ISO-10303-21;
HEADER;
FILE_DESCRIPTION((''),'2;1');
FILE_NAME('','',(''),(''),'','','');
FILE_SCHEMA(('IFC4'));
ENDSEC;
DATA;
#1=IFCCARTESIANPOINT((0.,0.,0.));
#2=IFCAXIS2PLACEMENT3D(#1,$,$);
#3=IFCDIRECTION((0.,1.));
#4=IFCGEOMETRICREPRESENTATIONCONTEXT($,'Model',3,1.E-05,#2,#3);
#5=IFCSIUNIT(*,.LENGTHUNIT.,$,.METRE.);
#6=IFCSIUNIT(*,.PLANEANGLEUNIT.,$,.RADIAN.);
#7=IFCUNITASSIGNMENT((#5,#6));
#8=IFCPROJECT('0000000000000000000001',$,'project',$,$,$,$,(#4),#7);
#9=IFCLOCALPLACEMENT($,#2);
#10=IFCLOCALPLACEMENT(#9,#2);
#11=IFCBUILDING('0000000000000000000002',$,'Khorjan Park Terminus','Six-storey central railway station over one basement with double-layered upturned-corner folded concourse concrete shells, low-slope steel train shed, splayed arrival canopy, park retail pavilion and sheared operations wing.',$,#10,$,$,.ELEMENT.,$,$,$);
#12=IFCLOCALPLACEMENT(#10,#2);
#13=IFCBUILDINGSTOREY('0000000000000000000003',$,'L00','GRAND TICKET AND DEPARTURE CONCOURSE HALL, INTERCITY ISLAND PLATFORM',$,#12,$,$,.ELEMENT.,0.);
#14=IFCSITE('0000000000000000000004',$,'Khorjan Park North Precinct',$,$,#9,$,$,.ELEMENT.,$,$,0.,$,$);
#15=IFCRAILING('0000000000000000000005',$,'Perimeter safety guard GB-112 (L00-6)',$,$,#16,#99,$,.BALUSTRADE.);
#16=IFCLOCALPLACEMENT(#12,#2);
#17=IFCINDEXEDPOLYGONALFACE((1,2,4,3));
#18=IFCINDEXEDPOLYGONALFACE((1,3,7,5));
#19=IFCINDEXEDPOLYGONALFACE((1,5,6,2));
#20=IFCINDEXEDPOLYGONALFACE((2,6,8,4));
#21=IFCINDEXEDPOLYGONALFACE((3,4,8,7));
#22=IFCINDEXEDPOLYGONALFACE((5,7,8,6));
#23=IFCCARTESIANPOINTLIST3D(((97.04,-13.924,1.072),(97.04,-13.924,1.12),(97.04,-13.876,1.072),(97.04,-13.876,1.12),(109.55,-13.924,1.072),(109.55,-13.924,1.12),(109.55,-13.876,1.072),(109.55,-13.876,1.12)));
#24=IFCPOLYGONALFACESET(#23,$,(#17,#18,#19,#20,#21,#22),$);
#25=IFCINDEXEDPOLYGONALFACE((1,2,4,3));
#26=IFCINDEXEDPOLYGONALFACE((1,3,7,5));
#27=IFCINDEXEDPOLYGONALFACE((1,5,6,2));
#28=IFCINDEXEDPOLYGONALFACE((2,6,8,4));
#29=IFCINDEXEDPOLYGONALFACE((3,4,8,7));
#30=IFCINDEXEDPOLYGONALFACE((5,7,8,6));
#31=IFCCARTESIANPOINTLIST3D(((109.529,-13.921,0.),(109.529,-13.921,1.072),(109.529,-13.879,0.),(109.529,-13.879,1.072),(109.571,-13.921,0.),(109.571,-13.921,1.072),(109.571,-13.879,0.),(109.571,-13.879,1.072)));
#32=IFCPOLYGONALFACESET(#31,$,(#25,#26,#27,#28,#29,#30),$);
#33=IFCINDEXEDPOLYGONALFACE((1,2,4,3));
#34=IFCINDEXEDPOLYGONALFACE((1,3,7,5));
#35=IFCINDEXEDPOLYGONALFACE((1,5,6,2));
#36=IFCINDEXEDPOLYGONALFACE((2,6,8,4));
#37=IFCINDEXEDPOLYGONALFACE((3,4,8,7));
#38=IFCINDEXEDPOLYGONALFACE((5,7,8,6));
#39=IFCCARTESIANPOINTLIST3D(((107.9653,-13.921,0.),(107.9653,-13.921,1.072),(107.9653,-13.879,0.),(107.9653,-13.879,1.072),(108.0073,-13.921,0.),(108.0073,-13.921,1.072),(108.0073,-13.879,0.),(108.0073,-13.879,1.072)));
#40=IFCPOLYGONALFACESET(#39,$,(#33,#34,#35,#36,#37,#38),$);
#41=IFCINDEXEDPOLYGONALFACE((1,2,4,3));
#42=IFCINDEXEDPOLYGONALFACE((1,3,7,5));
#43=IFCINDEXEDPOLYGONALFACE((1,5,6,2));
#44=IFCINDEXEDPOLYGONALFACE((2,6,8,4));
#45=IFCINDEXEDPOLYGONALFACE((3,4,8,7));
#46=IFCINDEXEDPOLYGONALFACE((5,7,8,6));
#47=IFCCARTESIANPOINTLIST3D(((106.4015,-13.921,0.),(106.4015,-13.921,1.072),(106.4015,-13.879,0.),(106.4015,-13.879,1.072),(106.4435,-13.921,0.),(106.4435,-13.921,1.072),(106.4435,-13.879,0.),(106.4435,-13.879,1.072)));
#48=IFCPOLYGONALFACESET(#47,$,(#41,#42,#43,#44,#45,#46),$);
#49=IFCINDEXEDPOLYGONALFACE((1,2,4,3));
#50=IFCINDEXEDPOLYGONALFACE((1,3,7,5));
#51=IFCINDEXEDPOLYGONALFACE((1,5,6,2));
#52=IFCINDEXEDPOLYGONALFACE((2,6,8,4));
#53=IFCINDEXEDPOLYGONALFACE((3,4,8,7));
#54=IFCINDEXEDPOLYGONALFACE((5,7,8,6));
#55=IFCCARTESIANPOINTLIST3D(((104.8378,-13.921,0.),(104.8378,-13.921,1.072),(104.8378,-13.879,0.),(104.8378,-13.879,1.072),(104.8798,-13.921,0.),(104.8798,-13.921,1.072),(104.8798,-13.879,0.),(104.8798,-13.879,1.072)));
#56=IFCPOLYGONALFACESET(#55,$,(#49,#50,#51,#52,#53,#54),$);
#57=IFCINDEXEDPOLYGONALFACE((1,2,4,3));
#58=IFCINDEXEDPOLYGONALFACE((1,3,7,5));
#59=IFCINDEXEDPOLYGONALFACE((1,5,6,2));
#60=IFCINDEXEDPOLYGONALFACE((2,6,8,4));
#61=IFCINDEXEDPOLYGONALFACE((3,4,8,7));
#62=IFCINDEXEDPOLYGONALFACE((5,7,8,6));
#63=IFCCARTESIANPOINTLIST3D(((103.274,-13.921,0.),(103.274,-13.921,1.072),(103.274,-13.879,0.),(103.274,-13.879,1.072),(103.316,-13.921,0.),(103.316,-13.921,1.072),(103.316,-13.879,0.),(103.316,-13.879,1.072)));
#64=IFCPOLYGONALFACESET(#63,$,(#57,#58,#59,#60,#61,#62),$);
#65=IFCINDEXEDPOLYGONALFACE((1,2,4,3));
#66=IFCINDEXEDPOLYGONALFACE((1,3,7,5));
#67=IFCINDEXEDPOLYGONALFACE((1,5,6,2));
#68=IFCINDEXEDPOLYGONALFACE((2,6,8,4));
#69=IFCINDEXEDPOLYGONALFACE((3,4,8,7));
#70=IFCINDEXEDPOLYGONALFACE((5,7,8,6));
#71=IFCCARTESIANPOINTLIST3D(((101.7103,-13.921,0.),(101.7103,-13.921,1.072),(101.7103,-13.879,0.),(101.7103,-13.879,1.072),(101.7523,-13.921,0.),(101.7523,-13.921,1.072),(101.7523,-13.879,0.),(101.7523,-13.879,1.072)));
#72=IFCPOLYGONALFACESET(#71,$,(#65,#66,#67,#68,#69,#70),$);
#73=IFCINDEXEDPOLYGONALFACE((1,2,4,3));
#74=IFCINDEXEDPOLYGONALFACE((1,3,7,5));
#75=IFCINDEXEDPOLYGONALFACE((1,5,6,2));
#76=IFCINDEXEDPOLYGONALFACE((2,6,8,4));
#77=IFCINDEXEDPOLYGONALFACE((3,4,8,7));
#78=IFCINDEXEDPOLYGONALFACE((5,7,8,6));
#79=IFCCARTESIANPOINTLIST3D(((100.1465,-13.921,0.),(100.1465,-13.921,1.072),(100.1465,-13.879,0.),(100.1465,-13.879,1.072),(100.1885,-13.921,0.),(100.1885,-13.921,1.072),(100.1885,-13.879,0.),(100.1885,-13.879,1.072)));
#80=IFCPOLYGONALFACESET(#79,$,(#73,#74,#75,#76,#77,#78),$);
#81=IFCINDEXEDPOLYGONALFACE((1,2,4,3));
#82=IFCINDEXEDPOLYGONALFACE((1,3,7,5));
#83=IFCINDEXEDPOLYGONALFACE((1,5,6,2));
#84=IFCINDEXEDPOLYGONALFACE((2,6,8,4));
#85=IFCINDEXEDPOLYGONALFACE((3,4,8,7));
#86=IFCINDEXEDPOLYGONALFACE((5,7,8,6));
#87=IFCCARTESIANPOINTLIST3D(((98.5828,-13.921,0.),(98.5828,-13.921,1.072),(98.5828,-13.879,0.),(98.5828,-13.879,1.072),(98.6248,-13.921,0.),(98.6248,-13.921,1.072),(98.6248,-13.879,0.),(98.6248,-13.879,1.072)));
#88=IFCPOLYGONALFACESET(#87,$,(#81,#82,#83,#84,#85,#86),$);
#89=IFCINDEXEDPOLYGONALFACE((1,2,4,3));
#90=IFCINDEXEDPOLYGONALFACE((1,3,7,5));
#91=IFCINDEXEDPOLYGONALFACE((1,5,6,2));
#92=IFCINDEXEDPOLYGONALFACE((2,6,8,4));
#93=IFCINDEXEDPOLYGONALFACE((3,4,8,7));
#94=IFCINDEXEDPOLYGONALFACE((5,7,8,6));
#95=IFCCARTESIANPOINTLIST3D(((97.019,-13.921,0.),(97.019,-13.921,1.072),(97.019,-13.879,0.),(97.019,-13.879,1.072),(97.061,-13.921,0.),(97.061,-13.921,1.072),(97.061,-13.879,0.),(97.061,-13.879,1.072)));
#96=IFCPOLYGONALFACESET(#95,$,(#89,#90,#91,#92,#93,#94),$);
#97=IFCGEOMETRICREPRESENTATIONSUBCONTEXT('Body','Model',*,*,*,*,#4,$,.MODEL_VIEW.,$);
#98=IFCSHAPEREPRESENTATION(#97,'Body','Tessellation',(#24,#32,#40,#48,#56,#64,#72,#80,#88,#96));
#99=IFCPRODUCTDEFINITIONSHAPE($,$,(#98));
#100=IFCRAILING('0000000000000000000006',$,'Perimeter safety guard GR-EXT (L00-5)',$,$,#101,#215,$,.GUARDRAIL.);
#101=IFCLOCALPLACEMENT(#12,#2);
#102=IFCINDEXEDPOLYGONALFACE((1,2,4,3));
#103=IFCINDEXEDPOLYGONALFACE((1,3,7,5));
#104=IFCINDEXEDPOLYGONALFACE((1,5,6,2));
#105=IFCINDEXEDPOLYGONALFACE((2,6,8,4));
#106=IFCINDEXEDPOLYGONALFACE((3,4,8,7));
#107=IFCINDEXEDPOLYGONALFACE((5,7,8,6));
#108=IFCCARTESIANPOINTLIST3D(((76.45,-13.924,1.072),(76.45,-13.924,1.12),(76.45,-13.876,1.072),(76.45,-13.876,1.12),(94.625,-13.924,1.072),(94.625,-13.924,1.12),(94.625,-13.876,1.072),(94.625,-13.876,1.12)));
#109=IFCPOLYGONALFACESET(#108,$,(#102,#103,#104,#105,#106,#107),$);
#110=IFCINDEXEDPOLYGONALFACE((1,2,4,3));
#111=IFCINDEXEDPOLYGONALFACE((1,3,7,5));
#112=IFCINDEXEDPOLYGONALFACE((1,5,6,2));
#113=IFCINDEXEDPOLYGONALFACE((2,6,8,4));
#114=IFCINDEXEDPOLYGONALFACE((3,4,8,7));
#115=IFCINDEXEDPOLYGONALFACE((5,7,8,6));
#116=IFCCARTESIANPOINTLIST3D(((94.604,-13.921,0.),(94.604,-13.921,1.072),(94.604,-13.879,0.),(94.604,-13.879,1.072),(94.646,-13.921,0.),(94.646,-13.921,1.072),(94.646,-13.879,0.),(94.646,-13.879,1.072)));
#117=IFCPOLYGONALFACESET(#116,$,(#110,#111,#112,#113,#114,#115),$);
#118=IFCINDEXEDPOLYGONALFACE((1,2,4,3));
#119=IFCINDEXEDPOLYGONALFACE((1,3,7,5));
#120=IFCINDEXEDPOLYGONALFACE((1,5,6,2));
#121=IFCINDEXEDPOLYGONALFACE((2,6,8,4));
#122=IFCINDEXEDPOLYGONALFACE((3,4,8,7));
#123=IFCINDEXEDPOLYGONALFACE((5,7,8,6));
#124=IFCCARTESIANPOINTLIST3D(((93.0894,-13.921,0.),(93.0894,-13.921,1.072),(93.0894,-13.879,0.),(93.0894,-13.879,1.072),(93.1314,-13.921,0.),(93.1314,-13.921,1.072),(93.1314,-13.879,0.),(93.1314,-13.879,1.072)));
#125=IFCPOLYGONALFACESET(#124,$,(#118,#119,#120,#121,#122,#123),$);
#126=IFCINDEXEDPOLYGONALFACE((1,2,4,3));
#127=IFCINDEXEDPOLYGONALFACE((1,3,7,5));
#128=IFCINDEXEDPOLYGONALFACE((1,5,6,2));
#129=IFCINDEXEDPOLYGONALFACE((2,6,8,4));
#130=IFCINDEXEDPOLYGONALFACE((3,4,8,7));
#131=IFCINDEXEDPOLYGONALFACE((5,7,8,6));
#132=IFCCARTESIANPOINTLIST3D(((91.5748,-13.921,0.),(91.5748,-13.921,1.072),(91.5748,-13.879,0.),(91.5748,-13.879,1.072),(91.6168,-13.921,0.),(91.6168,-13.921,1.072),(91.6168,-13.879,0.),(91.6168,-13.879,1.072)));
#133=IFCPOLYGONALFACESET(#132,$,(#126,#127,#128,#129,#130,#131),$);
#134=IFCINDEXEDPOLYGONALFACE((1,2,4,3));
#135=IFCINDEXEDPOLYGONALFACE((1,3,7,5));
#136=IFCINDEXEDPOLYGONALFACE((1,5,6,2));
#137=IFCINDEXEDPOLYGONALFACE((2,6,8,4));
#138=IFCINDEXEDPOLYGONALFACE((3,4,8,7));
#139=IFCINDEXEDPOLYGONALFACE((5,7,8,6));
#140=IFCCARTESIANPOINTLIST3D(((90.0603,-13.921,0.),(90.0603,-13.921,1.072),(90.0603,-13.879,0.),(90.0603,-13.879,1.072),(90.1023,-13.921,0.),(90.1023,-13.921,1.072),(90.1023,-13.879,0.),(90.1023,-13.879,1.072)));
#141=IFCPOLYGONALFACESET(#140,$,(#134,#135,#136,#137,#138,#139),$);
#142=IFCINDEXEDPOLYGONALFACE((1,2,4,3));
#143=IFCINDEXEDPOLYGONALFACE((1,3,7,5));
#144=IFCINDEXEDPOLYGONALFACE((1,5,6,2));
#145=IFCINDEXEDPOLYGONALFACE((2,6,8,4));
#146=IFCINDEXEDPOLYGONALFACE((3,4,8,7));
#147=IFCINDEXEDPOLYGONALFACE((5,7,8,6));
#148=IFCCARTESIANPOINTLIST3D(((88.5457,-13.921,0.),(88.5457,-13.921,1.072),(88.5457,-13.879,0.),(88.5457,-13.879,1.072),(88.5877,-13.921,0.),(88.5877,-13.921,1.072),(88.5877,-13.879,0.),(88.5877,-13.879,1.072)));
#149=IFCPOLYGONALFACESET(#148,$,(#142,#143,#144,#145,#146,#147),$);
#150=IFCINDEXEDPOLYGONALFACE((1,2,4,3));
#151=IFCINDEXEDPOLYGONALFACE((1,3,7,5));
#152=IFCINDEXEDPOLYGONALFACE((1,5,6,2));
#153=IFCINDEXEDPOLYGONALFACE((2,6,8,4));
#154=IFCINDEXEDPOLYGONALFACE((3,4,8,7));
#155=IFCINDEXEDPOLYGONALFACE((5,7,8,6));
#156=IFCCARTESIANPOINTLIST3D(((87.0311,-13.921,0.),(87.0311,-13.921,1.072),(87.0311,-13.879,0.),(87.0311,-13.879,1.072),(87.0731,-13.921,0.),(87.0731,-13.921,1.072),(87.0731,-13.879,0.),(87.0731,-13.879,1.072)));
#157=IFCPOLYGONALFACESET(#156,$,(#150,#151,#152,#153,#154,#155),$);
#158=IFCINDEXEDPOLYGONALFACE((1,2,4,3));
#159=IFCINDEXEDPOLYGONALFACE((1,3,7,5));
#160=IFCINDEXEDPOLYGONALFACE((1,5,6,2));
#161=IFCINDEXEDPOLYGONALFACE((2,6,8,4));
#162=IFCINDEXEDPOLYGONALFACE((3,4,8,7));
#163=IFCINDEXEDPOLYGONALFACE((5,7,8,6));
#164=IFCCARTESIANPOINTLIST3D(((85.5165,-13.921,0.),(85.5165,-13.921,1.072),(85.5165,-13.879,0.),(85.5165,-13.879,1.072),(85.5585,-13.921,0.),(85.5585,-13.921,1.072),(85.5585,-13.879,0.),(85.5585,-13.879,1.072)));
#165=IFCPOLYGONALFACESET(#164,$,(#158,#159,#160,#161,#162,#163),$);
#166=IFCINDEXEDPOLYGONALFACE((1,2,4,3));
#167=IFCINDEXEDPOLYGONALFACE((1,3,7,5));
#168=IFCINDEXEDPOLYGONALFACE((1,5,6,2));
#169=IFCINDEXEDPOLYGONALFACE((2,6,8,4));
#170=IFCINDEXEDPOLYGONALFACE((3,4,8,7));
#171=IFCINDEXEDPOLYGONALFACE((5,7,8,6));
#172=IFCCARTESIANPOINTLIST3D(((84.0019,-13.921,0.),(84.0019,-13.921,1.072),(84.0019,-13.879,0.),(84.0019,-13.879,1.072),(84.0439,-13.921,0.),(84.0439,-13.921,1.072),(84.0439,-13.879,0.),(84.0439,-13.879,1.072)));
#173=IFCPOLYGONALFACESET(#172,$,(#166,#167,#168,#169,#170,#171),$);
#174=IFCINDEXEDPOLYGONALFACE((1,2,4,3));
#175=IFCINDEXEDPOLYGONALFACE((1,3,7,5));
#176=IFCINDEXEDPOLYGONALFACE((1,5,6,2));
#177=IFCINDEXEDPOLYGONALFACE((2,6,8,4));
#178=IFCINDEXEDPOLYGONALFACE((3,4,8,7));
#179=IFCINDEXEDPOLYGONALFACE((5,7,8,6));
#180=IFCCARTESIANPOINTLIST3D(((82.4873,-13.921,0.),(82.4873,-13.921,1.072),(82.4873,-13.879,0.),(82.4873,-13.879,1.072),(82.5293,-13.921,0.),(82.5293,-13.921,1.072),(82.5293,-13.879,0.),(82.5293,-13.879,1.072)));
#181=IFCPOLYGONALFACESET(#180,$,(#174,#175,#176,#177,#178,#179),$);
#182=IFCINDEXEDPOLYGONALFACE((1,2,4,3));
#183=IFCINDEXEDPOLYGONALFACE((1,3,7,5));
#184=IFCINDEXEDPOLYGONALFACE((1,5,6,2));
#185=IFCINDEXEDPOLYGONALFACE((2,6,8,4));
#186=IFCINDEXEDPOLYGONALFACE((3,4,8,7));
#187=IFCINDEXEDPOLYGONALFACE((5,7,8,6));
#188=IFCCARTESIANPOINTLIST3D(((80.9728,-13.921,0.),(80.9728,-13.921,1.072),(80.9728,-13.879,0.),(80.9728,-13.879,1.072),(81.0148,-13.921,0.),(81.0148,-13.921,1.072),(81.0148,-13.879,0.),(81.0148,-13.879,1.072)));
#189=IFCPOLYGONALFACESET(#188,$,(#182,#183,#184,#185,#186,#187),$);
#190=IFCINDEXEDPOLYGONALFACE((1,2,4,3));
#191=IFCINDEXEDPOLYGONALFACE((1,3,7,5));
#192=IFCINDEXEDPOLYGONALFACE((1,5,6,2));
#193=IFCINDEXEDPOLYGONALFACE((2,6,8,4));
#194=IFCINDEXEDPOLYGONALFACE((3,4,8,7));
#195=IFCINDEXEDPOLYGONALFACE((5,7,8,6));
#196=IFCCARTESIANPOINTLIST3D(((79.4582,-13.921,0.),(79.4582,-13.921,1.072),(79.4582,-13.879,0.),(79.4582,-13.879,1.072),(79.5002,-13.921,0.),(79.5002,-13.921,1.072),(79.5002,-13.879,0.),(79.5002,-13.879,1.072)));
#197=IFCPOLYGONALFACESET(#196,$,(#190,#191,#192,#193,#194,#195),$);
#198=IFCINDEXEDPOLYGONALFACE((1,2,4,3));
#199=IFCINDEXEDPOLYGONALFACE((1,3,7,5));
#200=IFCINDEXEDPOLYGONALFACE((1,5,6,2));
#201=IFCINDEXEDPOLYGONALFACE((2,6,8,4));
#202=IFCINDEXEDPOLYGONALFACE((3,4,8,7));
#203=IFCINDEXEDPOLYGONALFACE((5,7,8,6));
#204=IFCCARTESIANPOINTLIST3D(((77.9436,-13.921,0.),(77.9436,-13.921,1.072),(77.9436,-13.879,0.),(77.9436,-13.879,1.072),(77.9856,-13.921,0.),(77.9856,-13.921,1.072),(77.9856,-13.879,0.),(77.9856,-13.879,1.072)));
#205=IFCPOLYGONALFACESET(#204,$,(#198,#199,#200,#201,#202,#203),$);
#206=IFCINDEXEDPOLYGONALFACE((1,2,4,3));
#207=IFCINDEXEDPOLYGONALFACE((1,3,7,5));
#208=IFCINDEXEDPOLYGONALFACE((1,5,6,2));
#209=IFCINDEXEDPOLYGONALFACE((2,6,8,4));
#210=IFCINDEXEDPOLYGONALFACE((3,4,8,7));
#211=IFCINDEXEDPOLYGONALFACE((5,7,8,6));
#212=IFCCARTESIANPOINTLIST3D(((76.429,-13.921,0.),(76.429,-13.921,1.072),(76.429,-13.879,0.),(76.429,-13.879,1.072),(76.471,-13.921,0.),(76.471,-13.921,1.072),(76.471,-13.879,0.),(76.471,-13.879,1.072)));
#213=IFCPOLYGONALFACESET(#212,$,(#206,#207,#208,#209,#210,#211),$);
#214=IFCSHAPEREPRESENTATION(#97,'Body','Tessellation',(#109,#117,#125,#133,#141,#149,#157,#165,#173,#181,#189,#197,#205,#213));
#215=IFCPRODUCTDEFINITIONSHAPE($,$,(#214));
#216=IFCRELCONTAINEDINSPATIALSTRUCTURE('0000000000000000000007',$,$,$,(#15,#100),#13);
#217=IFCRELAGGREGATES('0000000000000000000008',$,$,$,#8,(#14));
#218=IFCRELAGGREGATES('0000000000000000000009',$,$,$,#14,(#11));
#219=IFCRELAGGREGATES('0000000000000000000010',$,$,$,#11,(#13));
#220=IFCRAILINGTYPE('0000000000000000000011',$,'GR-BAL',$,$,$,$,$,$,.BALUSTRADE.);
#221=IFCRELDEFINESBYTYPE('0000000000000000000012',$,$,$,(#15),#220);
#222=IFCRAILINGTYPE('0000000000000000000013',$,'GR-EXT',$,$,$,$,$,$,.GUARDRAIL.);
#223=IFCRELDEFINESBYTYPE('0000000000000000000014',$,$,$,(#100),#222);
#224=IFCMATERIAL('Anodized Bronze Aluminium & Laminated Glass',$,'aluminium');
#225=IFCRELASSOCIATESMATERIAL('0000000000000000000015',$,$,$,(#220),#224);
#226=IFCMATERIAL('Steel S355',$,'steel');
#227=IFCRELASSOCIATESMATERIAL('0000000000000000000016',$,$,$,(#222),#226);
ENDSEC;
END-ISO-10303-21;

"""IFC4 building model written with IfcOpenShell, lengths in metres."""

from ifc_helpers import new_model, si_unit, direction, frame, origin, origin_2d, place, context, subcontext, project, spatial, rectangle, extrude, material, type_object, element, save


model = new_model("IFC4")

# Units and contexts
model_context = context("Model", 3, precision=1e-05, world=origin(), true_north=direction((0.0, 1.0)))
body_context = subcontext(model_context, "Body", "Model", "MODEL_VIEW")
ifc_project = project(units=[si_unit("LENGTHUNIT", "METRE"), si_unit("PLANEANGLEUNIT", "RADIAN")], contexts=[model_context])

# Site, building, storey
site_placement = place(None, origin())
site = spatial("IfcSite", under=ifc_project, at=site_placement, Name="Khorjan Park North Precinct", CompositionType="ELEMENT", RefElevation=0.0)
building_placement = place(site_placement, origin())
building = spatial("IfcBuilding", under=site, at=building_placement, Name="Khorjan Park Terminus", Description="Six-storey central railway station over one basement with double-layered upturned-corner folded concourse concrete shells, low-slope steel train shed, splayed arrival canopy, park retail pavilion and sheared operations wing.", CompositionType="ELEMENT")
storey_placement = place(building_placement, origin())
storey = spatial("IfcBuildingStorey", under=building, at=storey_placement, Name="L00", Description="GRAND TICKET AND DEPARTURE CONCOURSE HALL, INTERCITY ISLAND PLATFORM", CompositionType="ELEMENT", Elevation=0.0)

# Shared definitions
ifc_material_1 = material(Name="Steel S355", Category="steel")

# Railings
ifc_material_2 = material(Name="Anodized Bronze Aluminium & Laminated Glass", Category="aluminium")
railing_type_1 = type_object("IfcRailingType", Name="GR-BAL", PredefinedType="BALUSTRADE", material=ifc_material_2)
railing_1_placement = place(storey_placement, frame((109.55, -13.9, 0.0)))
element("IfcRailing", 1, at=railing_1_placement, inside=storey, type_object=railing_type_1, Name="Perimeter safety guard GB-112 (L00-6)", PredefinedType="BALUSTRADE", context=body_context, shape_type="SweptSolid", body=[
    extrude(rectangle(XDim=0.048, YDim=0.048, at=origin_2d()), frame((0.0, 0.0, 1.096), z_axis=(-1.0, 0.0, 0.0), x_axis=(0.0, -1.0, 0.0)), (0.0, 0.0, 1.0), 12.51),
    extrude(rectangle(XDim=0.042, YDim=0.042, at=origin_2d()), origin(), (0.0, 0.0, 1.0), 1.072),
    extrude(rectangle(XDim=0.042, YDim=0.042, at=origin_2d()), frame((-1.5637, 0.0, 0.0)), (0.0, 0.0, 1.0), 1.072),
    extrude(rectangle(XDim=0.042, YDim=0.042, at=origin_2d()), frame((-3.1275, 0.0, 0.0)), (0.0, 0.0, 1.0), 1.072),
    extrude(rectangle(XDim=0.042, YDim=0.042, at=origin_2d()), frame((-4.6912, 0.0, 0.0)), (0.0, 0.0, 1.0), 1.072),
    extrude(rectangle(XDim=0.042, YDim=0.042, at=origin_2d()), frame((-6.255, 0.0, 0.0)), (0.0, 0.0, 1.0), 1.072),
    extrude(rectangle(XDim=0.042, YDim=0.042, at=origin_2d()), frame((-7.8187, 0.0, 0.0)), (0.0, 0.0, 1.0), 1.072),
    extrude(rectangle(XDim=0.042, YDim=0.042, at=origin_2d()), frame((-9.3825, 0.0, 0.0)), (0.0, 0.0, 1.0), 1.072),
    extrude(rectangle(XDim=0.042, YDim=0.042, at=origin_2d()), frame((-10.9462, 0.0, 0.0)), (0.0, 0.0, 1.0), 1.072),
    extrude(rectangle(XDim=0.042, YDim=0.042, at=origin_2d()), frame((-12.51, 0.0, 0.0)), (0.0, 0.0, 1.0), 1.072),
])
railing_type_2 = type_object("IfcRailingType", Name="GR-EXT", PredefinedType="GUARDRAIL", material=ifc_material_1)
railing_2_placement = place(storey_placement, frame((94.625, -13.9, 0.0)))
element("IfcRailing", 2, at=railing_2_placement, inside=storey, type_object=railing_type_2, Name="Perimeter safety guard GR-EXT (L00-5)", PredefinedType="GUARDRAIL", context=body_context, shape_type="SweptSolid", body=[
    extrude(rectangle(XDim=0.048, YDim=0.048, at=origin_2d()), frame((0.0, 0.0, 1.096), z_axis=(-1.0, 0.0, 0.0), x_axis=(0.0, -1.0, 0.0)), (0.0, 0.0, 1.0), 18.175),
    extrude(rectangle(XDim=0.042, YDim=0.042, at=origin_2d()), origin(), (0.0, 0.0, 1.0), 1.072),
    extrude(rectangle(XDim=0.042, YDim=0.042, at=origin_2d()), frame((-1.5146, 0.0, 0.0)), (0.0, 0.0, 1.0), 1.072),
    extrude(rectangle(XDim=0.042, YDim=0.042, at=origin_2d()), frame((-3.0292, 0.0, 0.0)), (0.0, 0.0, 1.0), 1.072),
    extrude(rectangle(XDim=0.042, YDim=0.042, at=origin_2d()), frame((-4.5437, 0.0, 0.0)), (0.0, 0.0, 1.0), 1.072),
    extrude(rectangle(XDim=0.042, YDim=0.042, at=origin_2d()), frame((-6.0583, 0.0, 0.0)), (0.0, 0.0, 1.0), 1.072),
    extrude(rectangle(XDim=0.042, YDim=0.042, at=origin_2d()), frame((-7.5729, 0.0, 0.0)), (0.0, 0.0, 1.0), 1.072),
    extrude(rectangle(XDim=0.042, YDim=0.042, at=origin_2d()), frame((-9.0875, 0.0, 0.0)), (0.0, 0.0, 1.0), 1.072),
    extrude(rectangle(XDim=0.042, YDim=0.042, at=origin_2d()), frame((-10.6021, 0.0, 0.0)), (0.0, 0.0, 1.0), 1.072),
    extrude(rectangle(XDim=0.042, YDim=0.042, at=origin_2d()), frame((-12.1167, 0.0, 0.0)), (0.0, 0.0, 1.0), 1.072),
    extrude(rectangle(XDim=0.042, YDim=0.042, at=origin_2d()), frame((-13.6312, 0.0, 0.0)), (0.0, 0.0, 1.0), 1.072),
    extrude(rectangle(XDim=0.042, YDim=0.042, at=origin_2d()), frame((-15.1458, 0.0, 0.0)), (0.0, 0.0, 1.0), 1.072),
    extrude(rectangle(XDim=0.042, YDim=0.042, at=origin_2d()), frame((-16.6604, 0.0, 0.0)), (0.0, 0.0, 1.0), 1.072),
    extrude(rectangle(XDim=0.042, YDim=0.042, at=origin_2d()), frame((-18.175, 0.0, 0.0)), (0.0, 0.0, 1.0), 1.072),
])

save(model, "model.ifc")
